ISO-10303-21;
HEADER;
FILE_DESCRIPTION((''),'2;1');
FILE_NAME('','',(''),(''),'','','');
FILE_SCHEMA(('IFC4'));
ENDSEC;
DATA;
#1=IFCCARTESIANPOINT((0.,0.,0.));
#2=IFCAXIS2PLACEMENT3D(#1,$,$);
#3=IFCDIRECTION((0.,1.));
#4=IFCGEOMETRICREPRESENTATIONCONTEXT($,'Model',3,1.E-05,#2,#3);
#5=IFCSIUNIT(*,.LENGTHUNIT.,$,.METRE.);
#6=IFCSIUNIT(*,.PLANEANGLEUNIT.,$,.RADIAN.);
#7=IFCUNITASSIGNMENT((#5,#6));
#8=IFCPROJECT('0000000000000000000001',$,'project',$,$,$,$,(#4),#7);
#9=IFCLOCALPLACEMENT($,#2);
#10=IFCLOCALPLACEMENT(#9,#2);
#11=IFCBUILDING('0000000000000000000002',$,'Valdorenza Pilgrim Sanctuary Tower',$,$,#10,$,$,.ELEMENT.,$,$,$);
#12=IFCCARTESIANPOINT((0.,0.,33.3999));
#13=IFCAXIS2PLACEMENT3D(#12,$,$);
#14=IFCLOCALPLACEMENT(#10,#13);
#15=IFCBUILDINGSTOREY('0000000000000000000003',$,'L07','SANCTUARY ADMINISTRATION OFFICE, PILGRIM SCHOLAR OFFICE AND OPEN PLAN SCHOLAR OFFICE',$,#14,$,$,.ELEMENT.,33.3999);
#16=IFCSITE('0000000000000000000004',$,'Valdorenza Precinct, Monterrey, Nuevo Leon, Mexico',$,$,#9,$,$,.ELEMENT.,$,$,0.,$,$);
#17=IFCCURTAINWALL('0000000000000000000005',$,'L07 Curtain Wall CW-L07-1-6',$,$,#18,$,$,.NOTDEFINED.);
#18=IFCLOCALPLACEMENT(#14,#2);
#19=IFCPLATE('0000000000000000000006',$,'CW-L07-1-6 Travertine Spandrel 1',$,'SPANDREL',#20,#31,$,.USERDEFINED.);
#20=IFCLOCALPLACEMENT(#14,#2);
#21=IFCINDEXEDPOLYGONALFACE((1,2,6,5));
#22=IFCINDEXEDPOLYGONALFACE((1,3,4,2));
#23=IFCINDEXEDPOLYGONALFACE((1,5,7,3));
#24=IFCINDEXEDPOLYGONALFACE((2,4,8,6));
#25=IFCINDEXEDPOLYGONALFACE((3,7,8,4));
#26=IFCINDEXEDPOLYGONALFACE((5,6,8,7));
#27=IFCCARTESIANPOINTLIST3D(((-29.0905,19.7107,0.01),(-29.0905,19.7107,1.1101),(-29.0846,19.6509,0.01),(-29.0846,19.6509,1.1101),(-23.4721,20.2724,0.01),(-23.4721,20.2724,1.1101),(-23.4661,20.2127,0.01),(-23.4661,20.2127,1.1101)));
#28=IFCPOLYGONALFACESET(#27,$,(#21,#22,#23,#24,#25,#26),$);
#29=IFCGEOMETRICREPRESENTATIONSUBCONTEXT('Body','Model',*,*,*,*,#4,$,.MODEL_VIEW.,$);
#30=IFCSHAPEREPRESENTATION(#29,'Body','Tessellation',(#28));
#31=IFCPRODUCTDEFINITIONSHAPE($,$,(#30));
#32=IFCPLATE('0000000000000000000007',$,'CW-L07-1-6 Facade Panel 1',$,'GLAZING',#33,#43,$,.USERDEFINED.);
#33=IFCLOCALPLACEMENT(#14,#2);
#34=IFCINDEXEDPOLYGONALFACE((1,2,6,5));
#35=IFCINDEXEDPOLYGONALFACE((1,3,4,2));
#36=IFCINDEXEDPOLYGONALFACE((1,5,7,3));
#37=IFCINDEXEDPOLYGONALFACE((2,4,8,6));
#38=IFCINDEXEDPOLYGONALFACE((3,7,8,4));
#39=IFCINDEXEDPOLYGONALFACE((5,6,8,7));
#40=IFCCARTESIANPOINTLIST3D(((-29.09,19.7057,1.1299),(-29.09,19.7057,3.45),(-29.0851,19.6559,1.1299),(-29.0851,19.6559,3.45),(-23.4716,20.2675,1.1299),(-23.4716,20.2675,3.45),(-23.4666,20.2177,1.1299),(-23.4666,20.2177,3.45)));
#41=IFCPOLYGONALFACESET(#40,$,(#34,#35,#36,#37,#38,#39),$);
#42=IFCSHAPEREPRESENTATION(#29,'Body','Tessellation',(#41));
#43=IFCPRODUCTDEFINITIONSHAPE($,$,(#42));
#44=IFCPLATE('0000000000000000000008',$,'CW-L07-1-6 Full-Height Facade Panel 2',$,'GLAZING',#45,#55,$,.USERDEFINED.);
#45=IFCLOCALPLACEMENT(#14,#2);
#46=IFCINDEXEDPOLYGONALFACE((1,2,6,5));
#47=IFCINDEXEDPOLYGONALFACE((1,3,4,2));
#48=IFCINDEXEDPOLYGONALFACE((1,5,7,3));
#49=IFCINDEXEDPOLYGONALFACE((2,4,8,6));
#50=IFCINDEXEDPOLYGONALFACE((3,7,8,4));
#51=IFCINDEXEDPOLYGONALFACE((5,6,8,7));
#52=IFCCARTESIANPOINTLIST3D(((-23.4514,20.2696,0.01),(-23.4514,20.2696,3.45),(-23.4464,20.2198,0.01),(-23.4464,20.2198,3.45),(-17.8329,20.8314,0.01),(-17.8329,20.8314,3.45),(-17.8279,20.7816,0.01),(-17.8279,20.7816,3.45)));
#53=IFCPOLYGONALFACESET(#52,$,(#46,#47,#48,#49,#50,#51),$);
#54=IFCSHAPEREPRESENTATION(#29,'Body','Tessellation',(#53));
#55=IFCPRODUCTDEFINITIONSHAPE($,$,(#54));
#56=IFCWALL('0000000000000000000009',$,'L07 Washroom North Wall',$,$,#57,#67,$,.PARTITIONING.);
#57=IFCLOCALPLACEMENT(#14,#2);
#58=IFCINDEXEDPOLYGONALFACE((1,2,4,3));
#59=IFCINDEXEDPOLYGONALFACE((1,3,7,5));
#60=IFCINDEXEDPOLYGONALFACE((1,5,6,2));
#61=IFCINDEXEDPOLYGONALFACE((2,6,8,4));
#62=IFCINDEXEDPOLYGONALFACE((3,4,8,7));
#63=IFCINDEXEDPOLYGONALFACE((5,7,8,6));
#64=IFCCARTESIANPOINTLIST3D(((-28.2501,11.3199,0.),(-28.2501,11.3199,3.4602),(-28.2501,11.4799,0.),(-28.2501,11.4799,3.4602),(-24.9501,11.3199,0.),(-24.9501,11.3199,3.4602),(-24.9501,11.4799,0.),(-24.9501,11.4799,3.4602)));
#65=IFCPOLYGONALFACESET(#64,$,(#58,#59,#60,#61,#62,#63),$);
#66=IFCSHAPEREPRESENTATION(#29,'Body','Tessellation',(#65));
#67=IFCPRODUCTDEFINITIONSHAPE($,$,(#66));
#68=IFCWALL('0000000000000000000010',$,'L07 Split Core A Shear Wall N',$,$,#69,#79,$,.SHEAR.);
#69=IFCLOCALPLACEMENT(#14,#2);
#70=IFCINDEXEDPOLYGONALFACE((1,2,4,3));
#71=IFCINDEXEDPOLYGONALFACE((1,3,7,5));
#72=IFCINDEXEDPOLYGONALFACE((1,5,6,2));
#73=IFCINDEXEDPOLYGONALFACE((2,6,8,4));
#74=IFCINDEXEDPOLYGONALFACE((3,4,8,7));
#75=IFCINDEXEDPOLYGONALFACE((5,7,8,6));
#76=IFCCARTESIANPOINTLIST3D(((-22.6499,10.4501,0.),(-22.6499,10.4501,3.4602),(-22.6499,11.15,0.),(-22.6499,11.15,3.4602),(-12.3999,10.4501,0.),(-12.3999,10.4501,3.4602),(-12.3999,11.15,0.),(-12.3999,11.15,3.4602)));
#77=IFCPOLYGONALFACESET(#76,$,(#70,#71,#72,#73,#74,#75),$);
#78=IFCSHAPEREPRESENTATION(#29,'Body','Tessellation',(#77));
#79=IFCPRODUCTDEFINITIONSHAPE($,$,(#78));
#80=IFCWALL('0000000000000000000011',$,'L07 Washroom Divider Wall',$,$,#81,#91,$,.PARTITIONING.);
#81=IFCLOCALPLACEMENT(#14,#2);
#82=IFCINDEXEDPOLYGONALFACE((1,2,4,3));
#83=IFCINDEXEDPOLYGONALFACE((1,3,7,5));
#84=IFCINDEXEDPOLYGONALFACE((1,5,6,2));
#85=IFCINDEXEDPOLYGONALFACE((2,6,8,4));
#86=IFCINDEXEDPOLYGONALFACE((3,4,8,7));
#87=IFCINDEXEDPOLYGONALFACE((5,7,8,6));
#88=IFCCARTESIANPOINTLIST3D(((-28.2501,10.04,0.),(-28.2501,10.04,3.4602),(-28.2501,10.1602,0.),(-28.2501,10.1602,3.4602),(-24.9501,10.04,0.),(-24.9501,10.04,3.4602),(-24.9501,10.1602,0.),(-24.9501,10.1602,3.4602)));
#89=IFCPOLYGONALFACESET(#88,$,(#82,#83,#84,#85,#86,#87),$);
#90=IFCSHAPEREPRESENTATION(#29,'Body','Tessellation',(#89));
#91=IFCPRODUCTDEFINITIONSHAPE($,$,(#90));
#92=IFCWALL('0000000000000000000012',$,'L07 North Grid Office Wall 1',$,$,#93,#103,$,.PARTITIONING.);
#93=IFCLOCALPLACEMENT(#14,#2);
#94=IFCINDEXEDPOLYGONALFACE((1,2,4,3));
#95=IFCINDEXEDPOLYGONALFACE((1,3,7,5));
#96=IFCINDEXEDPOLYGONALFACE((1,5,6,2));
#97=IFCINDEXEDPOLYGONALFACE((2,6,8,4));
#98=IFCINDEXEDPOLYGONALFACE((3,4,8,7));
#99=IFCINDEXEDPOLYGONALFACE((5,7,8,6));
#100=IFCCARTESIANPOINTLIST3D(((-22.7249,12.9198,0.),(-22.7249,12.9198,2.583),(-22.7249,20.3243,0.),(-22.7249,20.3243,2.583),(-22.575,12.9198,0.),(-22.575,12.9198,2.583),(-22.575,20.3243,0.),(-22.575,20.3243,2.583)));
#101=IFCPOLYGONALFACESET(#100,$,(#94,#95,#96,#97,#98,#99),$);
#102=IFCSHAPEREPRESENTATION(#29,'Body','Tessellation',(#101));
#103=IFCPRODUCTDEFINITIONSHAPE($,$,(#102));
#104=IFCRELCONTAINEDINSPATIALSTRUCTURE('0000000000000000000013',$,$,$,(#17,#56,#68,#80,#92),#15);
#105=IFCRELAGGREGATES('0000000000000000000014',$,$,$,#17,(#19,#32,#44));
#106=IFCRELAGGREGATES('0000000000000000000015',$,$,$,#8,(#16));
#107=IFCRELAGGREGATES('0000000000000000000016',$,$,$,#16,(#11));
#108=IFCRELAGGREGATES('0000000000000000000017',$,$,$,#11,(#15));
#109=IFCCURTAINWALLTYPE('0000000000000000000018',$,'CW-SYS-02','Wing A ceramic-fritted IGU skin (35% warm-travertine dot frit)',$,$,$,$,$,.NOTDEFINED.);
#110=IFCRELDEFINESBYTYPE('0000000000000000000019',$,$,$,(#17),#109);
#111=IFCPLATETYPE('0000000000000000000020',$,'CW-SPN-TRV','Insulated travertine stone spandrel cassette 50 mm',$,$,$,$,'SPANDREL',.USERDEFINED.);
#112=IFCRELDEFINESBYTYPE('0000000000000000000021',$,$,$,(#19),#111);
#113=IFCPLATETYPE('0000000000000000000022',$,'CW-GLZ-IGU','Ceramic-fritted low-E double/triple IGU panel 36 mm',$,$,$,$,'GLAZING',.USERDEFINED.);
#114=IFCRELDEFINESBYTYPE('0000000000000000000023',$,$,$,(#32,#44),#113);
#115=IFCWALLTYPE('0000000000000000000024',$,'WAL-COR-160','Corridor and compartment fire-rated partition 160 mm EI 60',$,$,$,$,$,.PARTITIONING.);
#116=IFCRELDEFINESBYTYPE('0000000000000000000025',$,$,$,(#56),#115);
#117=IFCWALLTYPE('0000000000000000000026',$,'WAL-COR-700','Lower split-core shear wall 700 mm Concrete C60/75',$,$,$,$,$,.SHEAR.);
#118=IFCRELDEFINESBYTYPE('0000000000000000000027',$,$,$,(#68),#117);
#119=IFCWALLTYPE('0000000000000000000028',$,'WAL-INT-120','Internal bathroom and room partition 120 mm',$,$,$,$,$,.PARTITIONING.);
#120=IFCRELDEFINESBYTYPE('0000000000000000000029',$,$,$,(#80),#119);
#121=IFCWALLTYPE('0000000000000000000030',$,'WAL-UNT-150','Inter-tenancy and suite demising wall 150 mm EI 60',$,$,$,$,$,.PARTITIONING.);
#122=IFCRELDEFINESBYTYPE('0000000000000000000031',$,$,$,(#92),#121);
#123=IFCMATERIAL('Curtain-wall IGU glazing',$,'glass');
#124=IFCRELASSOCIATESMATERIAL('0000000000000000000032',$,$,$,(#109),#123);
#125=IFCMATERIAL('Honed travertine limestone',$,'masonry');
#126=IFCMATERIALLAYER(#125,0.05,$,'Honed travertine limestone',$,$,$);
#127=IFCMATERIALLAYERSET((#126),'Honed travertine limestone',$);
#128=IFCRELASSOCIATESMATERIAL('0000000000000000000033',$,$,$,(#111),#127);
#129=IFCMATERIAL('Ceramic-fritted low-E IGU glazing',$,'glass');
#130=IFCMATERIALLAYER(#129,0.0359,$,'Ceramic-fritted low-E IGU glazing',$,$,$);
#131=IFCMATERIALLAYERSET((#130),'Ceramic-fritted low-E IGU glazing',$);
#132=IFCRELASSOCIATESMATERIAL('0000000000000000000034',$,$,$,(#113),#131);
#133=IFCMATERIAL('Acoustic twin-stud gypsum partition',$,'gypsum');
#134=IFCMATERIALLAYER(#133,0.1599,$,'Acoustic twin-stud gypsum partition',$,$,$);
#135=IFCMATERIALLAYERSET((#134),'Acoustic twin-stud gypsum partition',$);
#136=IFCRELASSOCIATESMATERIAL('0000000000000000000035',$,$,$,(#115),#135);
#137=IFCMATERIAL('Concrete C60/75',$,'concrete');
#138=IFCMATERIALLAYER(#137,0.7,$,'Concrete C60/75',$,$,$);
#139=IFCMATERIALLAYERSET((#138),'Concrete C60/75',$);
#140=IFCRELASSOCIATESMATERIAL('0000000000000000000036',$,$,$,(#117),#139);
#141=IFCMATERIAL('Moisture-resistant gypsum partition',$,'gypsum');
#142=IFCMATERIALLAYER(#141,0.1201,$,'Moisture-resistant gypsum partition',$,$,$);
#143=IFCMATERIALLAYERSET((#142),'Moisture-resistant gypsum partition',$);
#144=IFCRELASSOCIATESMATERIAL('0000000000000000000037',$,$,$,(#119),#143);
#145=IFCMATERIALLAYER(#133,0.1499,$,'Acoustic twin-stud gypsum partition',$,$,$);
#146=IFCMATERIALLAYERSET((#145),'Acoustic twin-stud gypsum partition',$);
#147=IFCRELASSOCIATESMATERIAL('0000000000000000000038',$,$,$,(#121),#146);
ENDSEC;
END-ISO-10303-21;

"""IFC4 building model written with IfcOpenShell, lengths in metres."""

from ifc_helpers import new_model, si_unit, direction, frame, frame_2d, origin, origin_2d, place, context, subcontext, project, spatial, rectangle, extrude, source, transform, mapped, material, layer, layer_set, type_object, element, aggregate, save


model = new_model("IFC4")

# Units and contexts
model_context = context("Model", 3, precision=1e-05, world=origin(), true_north=direction((0.0, 1.0)))
body_context = subcontext(model_context, "Body", "Model", "MODEL_VIEW")
ifc_project = project(units=[si_unit("LENGTHUNIT", "METRE"), si_unit("PLANEANGLEUNIT", "RADIAN")], contexts=[model_context])

# Site, building, storey
site_placement = place(None, origin())
site = spatial("IfcSite", under=ifc_project, at=site_placement, Name="Valdorenza Precinct, Monterrey, Nuevo Leon, Mexico", CompositionType="ELEMENT", RefElevation=0.0)
building_placement = place(site_placement, origin())
building = spatial("IfcBuilding", under=site, at=building_placement, Name="Valdorenza Pilgrim Sanctuary Tower", CompositionType="ELEMENT")
storey_placement = place(building_placement, frame((0.0, 0.0, 33.3999)))
storey = spatial("IfcBuildingStorey", under=building, at=storey_placement, Name="L07", Description="SANCTUARY ADMINISTRATION OFFICE, PILGRIM SCHOLAR OFFICE AND OPEN PLAN SCHOLAR OFFICE", CompositionType="ELEMENT", Elevation=33.3999)

# Shared definitions
ifc_material_1 = material(Name="Concrete C60/75", Category="concrete")

# Curtain wall, plates
ifc_material_2 = material(Name="Curtain-wall IGU glazing", Category="glass")
curtain_wall_type = type_object("IfcCurtainWallType", Name="CW-SYS-02", Description="Wing A ceramic-fritted IGU skin (35% warm-travertine dot frit)", PredefinedType="NOTDEFINED", material=ifc_material_2)
curtain_wall_placement = place(storey_placement, origin())
curtain_wall = element("IfcCurtainWall", 1, at=curtain_wall_placement, inside=storey, type_object=curtain_wall_type, Name="L07 Curtain Wall CW-L07-1-6", PredefinedType="NOTDEFINED")
ifc_material_3 = material(Name="Honed travertine limestone", Category="masonry")
ifc_layer_1 = layer(ifc_material_3, 0.05, Name="Honed travertine limestone")
ifc_layer_set_1 = layer_set([ifc_layer_1], Name="Honed travertine limestone")
plate_type_1 = type_object("IfcPlateType", Name="CW-SPN-TRV", Description="Insulated travertine stone spandrel cassette 50 mm", ElementType="SPANDREL", PredefinedType="USERDEFINED", material=ifc_layer_set_1)
shared_shape_1 = source(origin(), body_context, "Body", "SweptSolid", [
    extrude(rectangle(XDim=5.6465, YDim=0.0601, at=origin_2d()), origin(), (0.0, 0.0, 1.0), 1.1001),
])
plate_1_placement = place(storey_placement, frame((-26.2783, 19.9617, 0.01), z_axis=(0.0, 0.0, 1.0), x_axis=(0.995038, 0.099493, 0.0)))
plate_1 = element("IfcPlate", 2, at=plate_1_placement, type_object=plate_type_1, Name="CW-L07-1-6 Travertine Spandrel 1", ObjectType="SPANDREL", PredefinedType="USERDEFINED", context=body_context, shape_type="MappedRepresentation", body=[
    mapped(shared_shape_1, transform((0.0, 0.0, 0.0), x_axis=(1.0, 0.0, 0.0), y_axis=(0.0, 1.0, 0.0), z_axis=(0.0, 0.0, 1.0), scale=1.0)),
])
ifc_material_4 = material(Name="Ceramic-fritted low-E IGU glazing", Category="glass")
ifc_layer_2 = layer(ifc_material_4, 0.0359, Name="Ceramic-fritted low-E IGU glazing")
ifc_layer_set_2 = layer_set([ifc_layer_2], Name="Ceramic-fritted low-E IGU glazing")
plate_type_2 = type_object("IfcPlateType", Name="CW-GLZ-IGU", Description="Ceramic-fritted low-E double/triple IGU panel 36 mm", ElementType="GLAZING", PredefinedType="USERDEFINED", material=ifc_layer_set_2)
shared_shape_2 = source(origin(), body_context, "Body", "SweptSolid", [
    extrude(rectangle(XDim=5.6465, YDim=0.05, at=origin_2d()), origin(), (0.0, 0.0, 1.0), 2.3201),
])
plate_2_placement = place(storey_placement, frame((-26.2783, 19.9617, 1.1299), z_axis=(0.0, 0.0, 1.0), x_axis=(0.995038, 0.099493, 0.0)))
plate_2 = element("IfcPlate", 3, at=plate_2_placement, type_object=plate_type_2, Name="CW-L07-1-6 Facade Panel 1", ObjectType="GLAZING", PredefinedType="USERDEFINED", context=body_context, shape_type="MappedRepresentation", body=[
    mapped(shared_shape_2, transform((0.0, 0.0, 0.0), x_axis=(1.0, 0.0, 0.0), y_axis=(0.0, 1.0, 0.0), z_axis=(0.0, 0.0, 1.0), scale=1.0)),
])
shared_shape_3 = source(origin(), body_context, "Body", "SweptSolid", [
    extrude(rectangle(XDim=5.6465, YDim=0.05, at=origin_2d()), origin(), (0.0, 0.0, 1.0), 3.4399),
])
plate_3_placement = place(storey_placement, frame((-20.6396, 20.5256, 0.01), z_axis=(0.0, 0.0, 1.0), x_axis=(0.995038, 0.099493, 0.0)))
plate_3 = element("IfcPlate", 4, at=plate_3_placement, type_object=plate_type_2, Name="CW-L07-1-6 Full-Height Facade Panel 2", ObjectType="GLAZING", PredefinedType="USERDEFINED", context=body_context, shape_type="MappedRepresentation", body=[
    mapped(shared_shape_3, transform((0.0, 0.0, 0.0), x_axis=(1.0, 0.0, 0.0), y_axis=(0.0, 1.0, 0.0), z_axis=(0.0, 0.0, 1.0), scale=1.0)),
])
aggregate(curtain_wall, [plate_1, plate_2, plate_3])

# Walls
ifc_material_5 = material(Name="Acoustic twin-stud gypsum partition", Category="gypsum")
ifc_layer_3 = layer(ifc_material_5, 0.1599, Name="Acoustic twin-stud gypsum partition")
ifc_layer_set_3 = layer_set([ifc_layer_3], Name="Acoustic twin-stud gypsum partition")
wall_type_1 = type_object("IfcWallType", Name="WAL-COR-160", Description="Corridor and compartment fire-rated partition 160 mm EI 60", PredefinedType="PARTITIONING", material=ifc_layer_set_3)
wall_1_placement = place(storey_placement, frame((-28.25, 11.3999, 0.0), z_axis=(0.0, 0.0, 1.0), x_axis=(1.0, 0.0, 0.0)))
element("IfcWall", 5, at=wall_1_placement, inside=storey, type_object=wall_type_1, Name="L07 Washroom North Wall", PredefinedType="PARTITIONING", context=body_context, shape_type="SweptSolid", body=[
    extrude(rectangle(XDim=3.3, YDim=0.1599, at=frame_2d((1.6499, 0.0))), origin(), (0.0, 0.0, 1.0), 3.4602),
])
ifc_layer_4 = layer(ifc_material_1, 0.7, Name="Concrete C60/75")
ifc_layer_set_4 = layer_set([ifc_layer_4], Name="Concrete C60/75")
wall_type_2 = type_object("IfcWallType", Name="WAL-COR-700", Description="Lower split-core shear wall 700 mm Concrete C60/75", PredefinedType="SHEAR", material=ifc_layer_set_4)
wall_2_placement = place(storey_placement, frame((-22.6499, 10.8, 0.0), z_axis=(0.0, 0.0, 1.0), x_axis=(1.0, 0.0, 0.0)))
element("IfcWall", 6, at=wall_2_placement, inside=storey, type_object=wall_type_2, Name="L07 Split Core A Shear Wall N", PredefinedType="SHEAR", context=body_context, shape_type="SweptSolid", body=[
    extrude(rectangle(XDim=10.25, YDim=0.7, at=frame_2d((5.125, 0.0))), origin(), (0.0, 0.0, 1.0), 3.4602),
])
ifc_material_6 = material(Name="Moisture-resistant gypsum partition", Category="gypsum")
ifc_layer_5 = layer(ifc_material_6, 0.1201, Name="Moisture-resistant gypsum partition")
ifc_layer_set_5 = layer_set([ifc_layer_5], Name="Moisture-resistant gypsum partition")
wall_type_3 = type_object("IfcWallType", Name="WAL-INT-120", Description="Internal bathroom and room partition 120 mm", PredefinedType="PARTITIONING", material=ifc_layer_set_5)
wall_3_placement = place(storey_placement, frame((-28.25, 10.1001, 0.0), z_axis=(0.0, 0.0, 1.0), x_axis=(1.0, 0.0, 0.0)))
element("IfcWall", 7, at=wall_3_placement, inside=storey, type_object=wall_type_3, Name="L07 Washroom Divider Wall", PredefinedType="PARTITIONING", context=body_context, shape_type="SweptSolid", body=[
    extrude(rectangle(XDim=3.3, YDim=0.1201, at=frame_2d((1.6499, 0.0))), origin(), (0.0, 0.0, 1.0), 3.4602),
])
ifc_layer_6 = layer(ifc_material_5, 0.1499, Name="Acoustic twin-stud gypsum partition")
ifc_layer_set_6 = layer_set([ifc_layer_6], Name="Acoustic twin-stud gypsum partition")
wall_type_4 = type_object("IfcWallType", Name="WAL-UNT-150", Description="Inter-tenancy and suite demising wall 150 mm EI 60", PredefinedType="PARTITIONING", material=ifc_layer_set_6)
wall_4_placement = place(storey_placement, frame((-22.6499, 12.9199, 0.0), z_axis=(0.0, 0.0, 1.0), x_axis=(0.0, 1.0, 0.0)))
element("IfcWall", 8, at=wall_4_placement, inside=storey, type_object=wall_type_4, Name="L07 North Grid Office Wall 1", PredefinedType="PARTITIONING", context=body_context, shape_type="SweptSolid", body=[
    extrude(rectangle(XDim=7.4045, YDim=0.1499, at=frame_2d((3.7021, 0.0))), origin(), (0.0, 0.0, 1.0), 2.583),
])

save(model, "model.ifc")
